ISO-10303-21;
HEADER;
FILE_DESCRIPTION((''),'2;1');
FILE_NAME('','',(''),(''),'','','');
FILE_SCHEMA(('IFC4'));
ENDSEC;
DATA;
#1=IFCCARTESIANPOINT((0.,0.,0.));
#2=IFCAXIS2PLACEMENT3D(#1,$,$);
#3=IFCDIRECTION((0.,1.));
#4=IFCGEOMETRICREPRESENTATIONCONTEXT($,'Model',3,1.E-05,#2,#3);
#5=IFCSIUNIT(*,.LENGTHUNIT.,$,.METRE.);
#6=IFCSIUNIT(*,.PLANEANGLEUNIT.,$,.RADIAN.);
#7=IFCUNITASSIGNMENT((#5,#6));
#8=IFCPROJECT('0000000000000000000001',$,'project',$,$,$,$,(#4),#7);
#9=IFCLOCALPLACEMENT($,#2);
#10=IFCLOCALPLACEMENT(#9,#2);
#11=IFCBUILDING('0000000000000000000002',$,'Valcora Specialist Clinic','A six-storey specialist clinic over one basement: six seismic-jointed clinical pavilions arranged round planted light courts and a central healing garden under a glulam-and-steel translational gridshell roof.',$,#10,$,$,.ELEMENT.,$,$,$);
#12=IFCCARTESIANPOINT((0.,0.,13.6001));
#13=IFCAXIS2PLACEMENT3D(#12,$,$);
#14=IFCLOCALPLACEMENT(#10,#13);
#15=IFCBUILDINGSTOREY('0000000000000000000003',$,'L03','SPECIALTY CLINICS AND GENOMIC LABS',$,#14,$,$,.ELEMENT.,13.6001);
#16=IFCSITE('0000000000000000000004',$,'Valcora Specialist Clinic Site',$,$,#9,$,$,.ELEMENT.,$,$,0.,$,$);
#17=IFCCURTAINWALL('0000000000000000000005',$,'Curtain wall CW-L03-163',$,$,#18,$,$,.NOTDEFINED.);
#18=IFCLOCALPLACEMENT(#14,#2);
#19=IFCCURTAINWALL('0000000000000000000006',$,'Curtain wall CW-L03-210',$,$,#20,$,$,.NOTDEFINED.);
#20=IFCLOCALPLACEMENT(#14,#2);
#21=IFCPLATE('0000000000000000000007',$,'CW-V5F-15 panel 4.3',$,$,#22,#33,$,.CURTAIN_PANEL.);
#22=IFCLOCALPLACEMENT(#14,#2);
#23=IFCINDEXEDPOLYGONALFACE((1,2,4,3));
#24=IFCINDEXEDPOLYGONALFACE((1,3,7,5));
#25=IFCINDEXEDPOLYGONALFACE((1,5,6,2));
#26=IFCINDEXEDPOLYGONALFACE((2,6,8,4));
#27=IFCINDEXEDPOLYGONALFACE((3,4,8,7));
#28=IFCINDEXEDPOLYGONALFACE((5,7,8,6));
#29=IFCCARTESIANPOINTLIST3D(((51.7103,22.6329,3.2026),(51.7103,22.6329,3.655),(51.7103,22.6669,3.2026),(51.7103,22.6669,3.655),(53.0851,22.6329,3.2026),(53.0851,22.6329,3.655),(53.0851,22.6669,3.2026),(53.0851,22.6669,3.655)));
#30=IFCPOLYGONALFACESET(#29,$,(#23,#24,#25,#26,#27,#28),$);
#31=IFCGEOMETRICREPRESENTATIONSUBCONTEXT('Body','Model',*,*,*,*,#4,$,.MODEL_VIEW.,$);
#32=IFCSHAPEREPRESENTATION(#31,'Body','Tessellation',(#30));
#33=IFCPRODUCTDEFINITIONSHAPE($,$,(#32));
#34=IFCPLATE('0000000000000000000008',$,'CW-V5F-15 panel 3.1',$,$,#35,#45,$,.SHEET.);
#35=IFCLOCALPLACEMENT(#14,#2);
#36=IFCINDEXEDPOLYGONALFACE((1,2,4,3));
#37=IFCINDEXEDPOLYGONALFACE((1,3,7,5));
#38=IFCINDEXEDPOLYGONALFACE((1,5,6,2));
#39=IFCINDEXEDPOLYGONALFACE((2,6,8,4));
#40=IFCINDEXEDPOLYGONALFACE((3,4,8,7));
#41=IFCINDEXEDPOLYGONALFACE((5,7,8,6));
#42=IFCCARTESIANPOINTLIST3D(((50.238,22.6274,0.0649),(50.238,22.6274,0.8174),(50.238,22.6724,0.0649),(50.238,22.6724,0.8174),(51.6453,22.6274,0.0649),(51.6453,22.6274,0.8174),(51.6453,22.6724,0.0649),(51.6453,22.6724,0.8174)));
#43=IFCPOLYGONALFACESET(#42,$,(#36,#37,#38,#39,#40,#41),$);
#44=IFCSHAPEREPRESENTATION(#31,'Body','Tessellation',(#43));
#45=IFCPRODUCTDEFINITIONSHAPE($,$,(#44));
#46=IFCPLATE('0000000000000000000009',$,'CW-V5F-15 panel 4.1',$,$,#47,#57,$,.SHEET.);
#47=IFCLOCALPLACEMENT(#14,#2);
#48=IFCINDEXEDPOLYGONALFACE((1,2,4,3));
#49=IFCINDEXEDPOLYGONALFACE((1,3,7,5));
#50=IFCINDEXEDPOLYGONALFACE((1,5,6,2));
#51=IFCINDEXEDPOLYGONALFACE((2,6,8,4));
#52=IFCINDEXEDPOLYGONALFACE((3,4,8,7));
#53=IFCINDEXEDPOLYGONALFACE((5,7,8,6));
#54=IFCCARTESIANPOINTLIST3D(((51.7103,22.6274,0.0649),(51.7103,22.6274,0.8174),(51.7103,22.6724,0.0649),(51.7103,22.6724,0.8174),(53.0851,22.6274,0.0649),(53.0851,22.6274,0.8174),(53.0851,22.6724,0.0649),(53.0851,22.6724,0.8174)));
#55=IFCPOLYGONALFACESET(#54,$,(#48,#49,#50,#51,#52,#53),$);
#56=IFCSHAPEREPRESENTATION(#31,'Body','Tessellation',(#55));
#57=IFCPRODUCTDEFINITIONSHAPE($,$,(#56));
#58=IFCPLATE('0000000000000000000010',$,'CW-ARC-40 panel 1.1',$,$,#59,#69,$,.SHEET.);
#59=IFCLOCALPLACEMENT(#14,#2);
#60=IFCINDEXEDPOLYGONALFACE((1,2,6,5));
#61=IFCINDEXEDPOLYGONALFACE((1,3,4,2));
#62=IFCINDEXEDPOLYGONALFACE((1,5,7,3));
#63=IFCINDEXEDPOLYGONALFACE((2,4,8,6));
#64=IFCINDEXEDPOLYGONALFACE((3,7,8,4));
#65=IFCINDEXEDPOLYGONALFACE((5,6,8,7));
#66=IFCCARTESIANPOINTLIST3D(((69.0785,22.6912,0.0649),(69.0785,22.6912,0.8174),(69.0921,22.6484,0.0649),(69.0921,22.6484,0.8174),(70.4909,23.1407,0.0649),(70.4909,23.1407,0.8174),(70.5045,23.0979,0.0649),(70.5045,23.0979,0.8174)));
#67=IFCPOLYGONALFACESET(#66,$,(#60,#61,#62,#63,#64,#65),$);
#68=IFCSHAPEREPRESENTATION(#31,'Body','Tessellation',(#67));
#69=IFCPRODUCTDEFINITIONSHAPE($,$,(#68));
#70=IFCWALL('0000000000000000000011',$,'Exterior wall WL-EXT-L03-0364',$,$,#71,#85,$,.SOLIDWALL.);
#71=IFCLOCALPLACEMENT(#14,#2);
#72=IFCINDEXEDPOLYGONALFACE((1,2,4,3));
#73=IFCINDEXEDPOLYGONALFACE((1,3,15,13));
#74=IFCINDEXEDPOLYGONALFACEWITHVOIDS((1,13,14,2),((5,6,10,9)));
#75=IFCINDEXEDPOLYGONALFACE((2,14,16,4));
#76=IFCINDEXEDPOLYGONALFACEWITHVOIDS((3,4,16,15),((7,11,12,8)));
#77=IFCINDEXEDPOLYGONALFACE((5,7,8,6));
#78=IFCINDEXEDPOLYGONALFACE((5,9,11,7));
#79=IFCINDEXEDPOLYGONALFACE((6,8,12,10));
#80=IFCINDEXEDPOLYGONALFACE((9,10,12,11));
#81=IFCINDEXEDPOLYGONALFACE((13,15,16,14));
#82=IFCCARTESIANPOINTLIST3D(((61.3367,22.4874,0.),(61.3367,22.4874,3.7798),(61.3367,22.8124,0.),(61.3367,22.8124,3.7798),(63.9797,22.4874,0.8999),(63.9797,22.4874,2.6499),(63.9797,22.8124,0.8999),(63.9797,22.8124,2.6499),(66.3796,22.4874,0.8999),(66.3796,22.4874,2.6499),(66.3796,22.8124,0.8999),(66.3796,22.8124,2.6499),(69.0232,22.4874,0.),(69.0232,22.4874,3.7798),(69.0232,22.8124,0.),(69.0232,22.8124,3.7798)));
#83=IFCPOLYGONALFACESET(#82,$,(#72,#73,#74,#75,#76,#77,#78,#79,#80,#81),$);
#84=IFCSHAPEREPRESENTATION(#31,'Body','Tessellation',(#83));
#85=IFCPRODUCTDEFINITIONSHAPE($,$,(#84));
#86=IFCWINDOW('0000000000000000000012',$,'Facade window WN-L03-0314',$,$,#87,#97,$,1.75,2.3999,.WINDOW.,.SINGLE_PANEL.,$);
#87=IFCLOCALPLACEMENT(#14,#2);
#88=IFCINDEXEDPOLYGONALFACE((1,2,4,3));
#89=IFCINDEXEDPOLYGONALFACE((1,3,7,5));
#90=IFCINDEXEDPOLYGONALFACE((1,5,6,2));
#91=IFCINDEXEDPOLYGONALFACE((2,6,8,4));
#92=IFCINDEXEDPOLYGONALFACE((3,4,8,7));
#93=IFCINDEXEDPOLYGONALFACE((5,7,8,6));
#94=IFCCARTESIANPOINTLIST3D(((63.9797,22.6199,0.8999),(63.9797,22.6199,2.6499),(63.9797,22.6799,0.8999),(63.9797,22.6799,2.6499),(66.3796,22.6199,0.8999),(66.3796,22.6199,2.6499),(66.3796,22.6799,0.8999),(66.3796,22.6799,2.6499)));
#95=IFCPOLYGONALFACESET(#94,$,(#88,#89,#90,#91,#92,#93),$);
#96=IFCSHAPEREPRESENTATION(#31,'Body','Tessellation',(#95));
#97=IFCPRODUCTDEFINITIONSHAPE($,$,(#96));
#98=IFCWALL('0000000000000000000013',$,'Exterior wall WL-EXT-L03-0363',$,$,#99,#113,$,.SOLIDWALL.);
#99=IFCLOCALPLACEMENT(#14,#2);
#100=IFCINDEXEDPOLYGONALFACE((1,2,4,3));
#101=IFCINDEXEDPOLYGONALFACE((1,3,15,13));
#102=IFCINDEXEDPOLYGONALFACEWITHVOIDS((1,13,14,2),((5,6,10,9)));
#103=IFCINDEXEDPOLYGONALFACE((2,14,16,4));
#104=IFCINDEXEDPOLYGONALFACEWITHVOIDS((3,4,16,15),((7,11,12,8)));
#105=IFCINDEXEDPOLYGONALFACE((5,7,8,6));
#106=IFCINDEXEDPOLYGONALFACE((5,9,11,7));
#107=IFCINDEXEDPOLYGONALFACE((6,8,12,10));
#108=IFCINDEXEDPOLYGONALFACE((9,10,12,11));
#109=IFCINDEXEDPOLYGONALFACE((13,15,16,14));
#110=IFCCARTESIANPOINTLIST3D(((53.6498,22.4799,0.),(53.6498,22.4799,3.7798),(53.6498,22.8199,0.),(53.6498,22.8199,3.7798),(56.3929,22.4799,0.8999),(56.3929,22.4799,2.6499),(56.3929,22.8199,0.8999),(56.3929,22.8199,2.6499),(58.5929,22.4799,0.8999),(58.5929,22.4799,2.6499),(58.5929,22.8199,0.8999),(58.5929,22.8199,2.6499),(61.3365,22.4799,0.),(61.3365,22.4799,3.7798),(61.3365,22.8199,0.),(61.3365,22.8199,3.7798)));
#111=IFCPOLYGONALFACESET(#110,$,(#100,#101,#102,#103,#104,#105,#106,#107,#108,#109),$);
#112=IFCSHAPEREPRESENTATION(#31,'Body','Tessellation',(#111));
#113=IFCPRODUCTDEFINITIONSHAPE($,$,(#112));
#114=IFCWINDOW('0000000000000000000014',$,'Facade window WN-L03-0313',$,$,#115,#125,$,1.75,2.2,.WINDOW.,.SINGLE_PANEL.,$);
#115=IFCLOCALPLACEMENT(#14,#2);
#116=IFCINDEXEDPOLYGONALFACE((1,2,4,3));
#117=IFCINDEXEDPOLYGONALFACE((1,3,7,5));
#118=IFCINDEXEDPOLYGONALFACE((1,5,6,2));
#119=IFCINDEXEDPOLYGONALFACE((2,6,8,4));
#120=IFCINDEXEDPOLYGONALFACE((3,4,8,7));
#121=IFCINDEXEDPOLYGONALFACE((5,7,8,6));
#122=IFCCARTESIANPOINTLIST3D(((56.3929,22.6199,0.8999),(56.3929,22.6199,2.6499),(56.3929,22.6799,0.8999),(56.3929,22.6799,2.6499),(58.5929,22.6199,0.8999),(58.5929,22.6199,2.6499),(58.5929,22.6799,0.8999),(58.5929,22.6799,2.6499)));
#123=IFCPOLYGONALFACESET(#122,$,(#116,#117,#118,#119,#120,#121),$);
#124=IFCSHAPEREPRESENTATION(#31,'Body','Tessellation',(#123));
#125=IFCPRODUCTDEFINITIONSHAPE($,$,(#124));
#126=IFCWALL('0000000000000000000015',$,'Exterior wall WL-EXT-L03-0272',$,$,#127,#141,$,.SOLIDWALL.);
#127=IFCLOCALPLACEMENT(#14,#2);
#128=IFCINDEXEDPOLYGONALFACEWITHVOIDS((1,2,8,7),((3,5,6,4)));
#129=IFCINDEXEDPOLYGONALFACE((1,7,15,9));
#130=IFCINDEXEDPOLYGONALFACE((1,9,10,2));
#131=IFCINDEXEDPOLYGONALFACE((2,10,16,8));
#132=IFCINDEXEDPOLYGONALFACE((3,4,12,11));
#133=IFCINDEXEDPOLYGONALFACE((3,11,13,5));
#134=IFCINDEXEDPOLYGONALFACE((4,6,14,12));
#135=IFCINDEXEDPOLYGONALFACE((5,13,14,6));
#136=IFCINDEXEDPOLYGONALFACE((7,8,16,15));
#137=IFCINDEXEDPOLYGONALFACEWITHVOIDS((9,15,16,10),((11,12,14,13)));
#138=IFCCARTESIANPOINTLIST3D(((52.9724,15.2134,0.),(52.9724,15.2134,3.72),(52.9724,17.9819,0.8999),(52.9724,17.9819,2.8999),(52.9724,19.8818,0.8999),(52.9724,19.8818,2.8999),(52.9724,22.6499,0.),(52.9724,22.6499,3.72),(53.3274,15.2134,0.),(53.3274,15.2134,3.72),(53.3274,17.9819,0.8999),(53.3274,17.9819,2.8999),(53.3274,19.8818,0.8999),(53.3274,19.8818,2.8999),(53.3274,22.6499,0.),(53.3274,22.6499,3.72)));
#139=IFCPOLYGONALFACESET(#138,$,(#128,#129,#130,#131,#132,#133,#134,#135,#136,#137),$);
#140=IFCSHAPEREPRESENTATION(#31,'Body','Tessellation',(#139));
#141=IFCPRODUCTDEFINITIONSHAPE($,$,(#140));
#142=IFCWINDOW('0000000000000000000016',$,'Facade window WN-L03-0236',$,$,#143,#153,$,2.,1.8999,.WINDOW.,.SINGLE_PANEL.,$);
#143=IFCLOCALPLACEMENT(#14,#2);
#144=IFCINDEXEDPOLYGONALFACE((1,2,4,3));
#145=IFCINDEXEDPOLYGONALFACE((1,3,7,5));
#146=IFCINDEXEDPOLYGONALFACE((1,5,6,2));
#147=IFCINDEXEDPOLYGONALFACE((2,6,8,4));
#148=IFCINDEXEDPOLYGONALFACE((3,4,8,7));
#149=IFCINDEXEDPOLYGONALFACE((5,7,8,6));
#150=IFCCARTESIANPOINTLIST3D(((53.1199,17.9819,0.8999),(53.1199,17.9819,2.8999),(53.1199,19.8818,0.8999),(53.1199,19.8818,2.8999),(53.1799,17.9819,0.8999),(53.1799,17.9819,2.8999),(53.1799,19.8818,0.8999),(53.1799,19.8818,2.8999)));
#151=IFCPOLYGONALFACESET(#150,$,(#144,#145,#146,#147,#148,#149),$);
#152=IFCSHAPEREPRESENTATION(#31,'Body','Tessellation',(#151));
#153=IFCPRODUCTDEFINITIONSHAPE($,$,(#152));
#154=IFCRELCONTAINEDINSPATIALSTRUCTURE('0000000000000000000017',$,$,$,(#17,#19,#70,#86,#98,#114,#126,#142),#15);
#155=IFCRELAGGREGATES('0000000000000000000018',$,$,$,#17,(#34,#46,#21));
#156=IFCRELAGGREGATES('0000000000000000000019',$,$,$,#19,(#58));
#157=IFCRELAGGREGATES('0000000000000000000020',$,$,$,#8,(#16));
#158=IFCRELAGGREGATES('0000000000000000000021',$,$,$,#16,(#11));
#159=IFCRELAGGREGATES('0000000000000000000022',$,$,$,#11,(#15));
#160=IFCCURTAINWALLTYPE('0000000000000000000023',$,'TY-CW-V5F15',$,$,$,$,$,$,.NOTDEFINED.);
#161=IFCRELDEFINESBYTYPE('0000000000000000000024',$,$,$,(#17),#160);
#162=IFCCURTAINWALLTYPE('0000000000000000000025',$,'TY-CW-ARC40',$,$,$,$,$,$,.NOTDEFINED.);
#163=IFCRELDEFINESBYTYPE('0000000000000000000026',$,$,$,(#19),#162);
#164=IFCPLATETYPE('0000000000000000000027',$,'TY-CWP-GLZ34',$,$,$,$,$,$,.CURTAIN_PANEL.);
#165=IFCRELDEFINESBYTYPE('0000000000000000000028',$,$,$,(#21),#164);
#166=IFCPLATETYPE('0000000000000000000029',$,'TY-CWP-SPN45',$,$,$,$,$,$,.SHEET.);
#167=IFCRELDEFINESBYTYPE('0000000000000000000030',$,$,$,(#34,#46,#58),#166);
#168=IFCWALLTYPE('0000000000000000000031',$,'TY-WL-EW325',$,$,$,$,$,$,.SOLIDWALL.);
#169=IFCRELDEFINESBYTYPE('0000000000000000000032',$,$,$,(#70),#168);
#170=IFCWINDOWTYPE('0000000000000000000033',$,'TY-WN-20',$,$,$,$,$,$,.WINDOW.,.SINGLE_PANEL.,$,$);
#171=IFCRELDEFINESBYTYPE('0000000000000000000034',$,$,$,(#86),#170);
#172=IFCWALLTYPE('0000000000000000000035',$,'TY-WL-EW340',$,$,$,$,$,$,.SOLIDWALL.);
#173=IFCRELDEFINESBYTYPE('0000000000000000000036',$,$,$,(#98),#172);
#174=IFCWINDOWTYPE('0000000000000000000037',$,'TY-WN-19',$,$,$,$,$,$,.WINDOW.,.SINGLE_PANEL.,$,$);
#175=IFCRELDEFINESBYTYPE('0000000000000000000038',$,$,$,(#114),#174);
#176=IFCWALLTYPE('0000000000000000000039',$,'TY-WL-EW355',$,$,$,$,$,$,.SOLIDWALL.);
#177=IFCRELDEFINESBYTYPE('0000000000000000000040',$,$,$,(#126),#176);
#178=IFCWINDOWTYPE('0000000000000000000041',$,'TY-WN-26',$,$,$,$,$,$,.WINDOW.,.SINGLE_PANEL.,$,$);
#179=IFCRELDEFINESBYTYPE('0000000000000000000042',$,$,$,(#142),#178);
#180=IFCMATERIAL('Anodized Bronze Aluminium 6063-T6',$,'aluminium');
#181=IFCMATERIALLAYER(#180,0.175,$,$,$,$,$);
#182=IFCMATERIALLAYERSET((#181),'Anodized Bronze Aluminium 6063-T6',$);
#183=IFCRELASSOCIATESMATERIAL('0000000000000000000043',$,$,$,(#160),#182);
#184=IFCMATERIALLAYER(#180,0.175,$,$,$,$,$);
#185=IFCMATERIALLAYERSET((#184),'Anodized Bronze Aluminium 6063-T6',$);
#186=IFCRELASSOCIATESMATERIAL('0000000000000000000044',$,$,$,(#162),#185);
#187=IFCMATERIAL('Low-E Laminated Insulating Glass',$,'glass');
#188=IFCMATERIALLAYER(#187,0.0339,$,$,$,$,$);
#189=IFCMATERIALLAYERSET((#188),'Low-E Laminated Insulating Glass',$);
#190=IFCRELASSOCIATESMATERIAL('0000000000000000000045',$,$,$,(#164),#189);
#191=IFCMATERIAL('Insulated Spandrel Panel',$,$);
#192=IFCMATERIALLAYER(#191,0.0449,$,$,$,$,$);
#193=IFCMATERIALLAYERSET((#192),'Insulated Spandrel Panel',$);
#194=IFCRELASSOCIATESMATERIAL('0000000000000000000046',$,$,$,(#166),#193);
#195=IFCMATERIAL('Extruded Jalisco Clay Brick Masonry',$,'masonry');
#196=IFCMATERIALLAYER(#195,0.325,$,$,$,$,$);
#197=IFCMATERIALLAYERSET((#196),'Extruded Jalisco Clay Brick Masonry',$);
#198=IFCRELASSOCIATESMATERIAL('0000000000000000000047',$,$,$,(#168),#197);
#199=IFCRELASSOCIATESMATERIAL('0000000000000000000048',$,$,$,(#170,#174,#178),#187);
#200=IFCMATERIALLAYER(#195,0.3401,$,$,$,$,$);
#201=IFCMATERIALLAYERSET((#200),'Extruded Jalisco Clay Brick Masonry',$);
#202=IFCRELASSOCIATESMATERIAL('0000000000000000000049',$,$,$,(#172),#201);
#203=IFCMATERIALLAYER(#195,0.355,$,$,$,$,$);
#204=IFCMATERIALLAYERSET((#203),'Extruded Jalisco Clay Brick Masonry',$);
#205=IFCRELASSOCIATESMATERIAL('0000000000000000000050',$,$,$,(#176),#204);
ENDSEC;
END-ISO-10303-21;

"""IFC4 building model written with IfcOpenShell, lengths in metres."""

from ifc_helpers import new_model, si_unit, direction, frame, frame_2d, origin, origin_2d, place, context, subcontext, project, spatial, rectangle, extrude, material, layer, layer_set, type_object, element, fill, aggregate, save


model = new_model("IFC4")

# Units and contexts
model_context = context("Model", 3, precision=1e-05, world=origin(), true_north=direction((0.0, 1.0)))
body_context = subcontext(model_context, "Body", "Model", "MODEL_VIEW")
ifc_project = project(units=[si_unit("LENGTHUNIT", "METRE"), si_unit("PLANEANGLEUNIT", "RADIAN")], contexts=[model_context])

# Site, building, storey
site_placement = place(None, origin())
site = spatial("IfcSite", under=ifc_project, at=site_placement, Name="Valcora Specialist Clinic Site", CompositionType="ELEMENT", RefElevation=0.0)
building_placement = place(site_placement, origin())
building = spatial("IfcBuilding", under=site, at=building_placement, Name="Valcora Specialist Clinic", Description="A six-storey specialist clinic over one basement: six seismic-jointed clinical pavilions arranged round planted light courts and a central healing garden under a glulam-and-steel translational gridshell roof.", CompositionType="ELEMENT")
storey_placement = place(building_placement, frame((0.0, 0.0, 13.6001)))
storey = spatial("IfcBuildingStorey", under=building, at=storey_placement, Name="L03", Description="SPECIALTY CLINICS AND GENOMIC LABS", CompositionType="ELEMENT", Elevation=13.6001)

# Curtain walls
ifc_material_1 = material(Name="Anodized Bronze Aluminium 6063-T6", Category="aluminium")
ifc_layer_1 = layer(ifc_material_1, 0.175)
ifc_layer_set_1 = layer_set([ifc_layer_1], Name="Anodized Bronze Aluminium 6063-T6")
curtain_wall_type_1 = type_object("IfcCurtainWallType", Name="TY-CW-V5F15", PredefinedType="NOTDEFINED", material=ifc_layer_set_1)
curtain_wall_1_placement = place(storey_placement, origin())
curtain_wall_1 = element("IfcCurtainWall", 1, at=curtain_wall_1_placement, inside=storey, type_object=curtain_wall_type_1, Name="Curtain wall CW-L03-163", PredefinedType="NOTDEFINED")
ifc_layer_2 = layer(ifc_material_1, 0.175)
ifc_layer_set_2 = layer_set([ifc_layer_2], Name="Anodized Bronze Aluminium 6063-T6")
curtain_wall_type_2 = type_object("IfcCurtainWallType", Name="TY-CW-ARC40", PredefinedType="NOTDEFINED", material=ifc_layer_set_2)
curtain_wall_2_placement = place(storey_placement, origin())
curtain_wall_2 = element("IfcCurtainWall", 2, at=curtain_wall_2_placement, inside=storey, type_object=curtain_wall_type_2, Name="Curtain wall CW-L03-210", PredefinedType="NOTDEFINED")

# Plates
ifc_material_2 = material(Name="Low-E Laminated Insulating Glass", Category="glass")
ifc_layer_3 = layer(ifc_material_2, 0.0339)
ifc_layer_set_3 = layer_set([ifc_layer_3], Name="Low-E Laminated Insulating Glass")
plate_type_1 = type_object("IfcPlateType", Name="TY-CWP-GLZ34", PredefinedType="CURTAIN_PANEL", material=ifc_layer_set_3)
plate_1_placement = place(storey_placement, frame((52.3977, 22.6499, 3.2026), z_axis=(0.0, 0.0, 1.0), x_axis=(1.0, 0.0, 0.0)))
plate_1 = element("IfcPlate", 3, at=plate_1_placement, type_object=plate_type_1, Name="CW-V5F-15 panel 4.3", PredefinedType="CURTAIN_PANEL", context=body_context, shape_type="SweptSolid", body=[
    extrude(rectangle(XDim=1.3748, YDim=0.0339, at=origin_2d()), origin(), (0.0, 0.0, 1.0), 0.4524),
])
ifc_material_3 = material(Name="Insulated Spandrel Panel")
ifc_layer_4 = layer(ifc_material_3, 0.0449)
ifc_layer_set_4 = layer_set([ifc_layer_4], Name="Insulated Spandrel Panel")
plate_type_2 = type_object("IfcPlateType", Name="TY-CWP-SPN45", PredefinedType="SHEET", material=ifc_layer_set_4)
plate_2_placement = place(storey_placement, frame((50.9417, 22.6499, 0.0649), z_axis=(0.0, 0.0, 1.0), x_axis=(1.0, 0.0, 0.0)))
plate_2 = element("IfcPlate", 4, at=plate_2_placement, type_object=plate_type_2, Name="CW-V5F-15 panel 3.1", PredefinedType="SHEET", context=body_context, shape_type="SweptSolid", body=[
    extrude(rectangle(XDim=1.4072, YDim=0.0449, at=origin_2d()), origin(), (0.0, 0.0, 1.0), 0.7524),
])
plate_3_placement = place(storey_placement, frame((52.3977, 22.6499, 0.0649), z_axis=(0.0, 0.0, 1.0), x_axis=(1.0, 0.0, 0.0)))
plate_3 = element("IfcPlate", 5, at=plate_3_placement, type_object=plate_type_2, Name="CW-V5F-15 panel 4.1", PredefinedType="SHEET", context=body_context, shape_type="SweptSolid", body=[
    extrude(rectangle(XDim=1.3748, YDim=0.0449, at=origin_2d()), origin(), (0.0, 0.0, 1.0), 0.7524),
])
aggregate(curtain_wall_1, [plate_2, plate_3, plate_1])
plate_4_placement = place(storey_placement, frame((69.7915, 22.8945, 0.0649), z_axis=(0.0, 0.0, 1.0), x_axis=(0.952916, 0.303233, 0.0)))
plate_4 = element("IfcPlate", 6, at=plate_4_placement, type_object=plate_type_2, Name="CW-ARC-40 panel 1.1", PredefinedType="SHEET", context=body_context, shape_type="SweptSolid", body=[
    extrude(rectangle(XDim=1.4822, YDim=0.0449, at=origin_2d()), origin(), (0.0, 0.0, 1.0), 0.7524),
])
aggregate(curtain_wall_2, [plate_4])

# Walls, openings, windows
ifc_material_4 = material(Name="Extruded Jalisco Clay Brick Masonry", Category="masonry")
ifc_layer_5 = layer(ifc_material_4, 0.325)
ifc_layer_set_5 = layer_set([ifc_layer_5], Name="Extruded Jalisco Clay Brick Masonry")
wall_type_1 = type_object("IfcWallType", Name="TY-WL-EW325", PredefinedType="SOLIDWALL", material=ifc_layer_set_5)
wall_1_placement = place(storey_placement, frame((61.3367, 22.6499, 0.0), z_axis=(0.0, 0.0, 1.0), x_axis=(1.0, 0.0, 0.0)))
wall_1 = element("IfcWall", 7, at=wall_1_placement, inside=storey, type_object=wall_type_1, Name="Exterior wall WL-EXT-L03-0364", PredefinedType="SOLIDWALL", context=body_context, shape_type="SweptSolid", body=[
    extrude(rectangle(XDim=7.6865, YDim=0.325, at=frame_2d((3.8433, 0.0))), origin(), (0.0, 0.0, 1.0), 3.7798),
])
opening_1_placement = place(wall_1_placement, frame((2.6431, 0.0, 0.8999)))
opening_1 = element("IfcOpeningElement", 8, at=opening_1_placement, cuts=wall_1, PredefinedType="OPENING", context=body_context, shape_type="SweptSolid", body=[
    extrude(rectangle(XDim=2.3999, YDim=1.75, at=frame_2d((1.2, 0.875))), frame((0.0, 0.1724, 0.0), z_axis=(0.0, -1.0, 0.0), x_axis=(1.0, 0.0, 0.0)), (0.0, 0.0, 1.0), 0.345),
])
window_type_1 = type_object("IfcWindowType", Name="TY-WN-20", PartitioningType="SINGLE_PANEL", PredefinedType="WINDOW", material=ifc_material_2)
window_1_placement = place(opening_1_placement, origin())
window_1 = element("IfcWindow", 9, at=window_1_placement, inside=storey, type_object=window_type_1, Name="Facade window WN-L03-0314", OverallHeight=1.75, OverallWidth=2.3999, PartitioningType="SINGLE_PANEL", PredefinedType="WINDOW", context=body_context, shape_type="SweptSolid", body=[
    extrude(rectangle(XDim=2.3999, YDim=1.75, at=frame_2d((1.2, 0.875))), frame((0.0, 0.03, 0.0), z_axis=(0.0, -1.0, 0.0), x_axis=(1.0, 0.0, 0.0)), (0.0, 0.0, 1.0), 0.0601),
])
fill(opening_1, window_1)
ifc_layer_6 = layer(ifc_material_4, 0.3401)
ifc_layer_set_6 = layer_set([ifc_layer_6], Name="Extruded Jalisco Clay Brick Masonry")
wall_type_2 = type_object("IfcWallType", Name="TY-WL-EW340", PredefinedType="SOLIDWALL", material=ifc_layer_set_6)
wall_2_placement = place(storey_placement, frame((53.6499, 22.6499, 0.0), z_axis=(0.0, 0.0, 1.0), x_axis=(1.0, 0.0, 0.0)))
wall_2 = element("IfcWall", 10, at=wall_2_placement, inside=storey, type_object=wall_type_2, Name="Exterior wall WL-EXT-L03-0363", PredefinedType="SOLIDWALL", context=body_context, shape_type="SweptSolid", body=[
    extrude(rectangle(XDim=7.6868, YDim=0.3401, at=frame_2d((3.8433, 0.0))), origin(), (0.0, 0.0, 1.0), 3.7798),
])
opening_2_placement = place(wall_2_placement, frame((2.7429, 0.0, 0.8999)))
opening_2 = element("IfcOpeningElement", 11, at=opening_2_placement, cuts=wall_2, PredefinedType="OPENING", context=body_context, shape_type="SweptSolid", body=[
    extrude(rectangle(XDim=2.2, YDim=1.75, at=frame_2d((1.1001, 0.875))), frame((0.0, 0.1799, 0.0), z_axis=(0.0, -1.0, 0.0), x_axis=(1.0, 0.0, 0.0)), (0.0, 0.0, 1.0), 0.3601),
])
window_type_2 = type_object("IfcWindowType", Name="TY-WN-19", PartitioningType="SINGLE_PANEL", PredefinedType="WINDOW", material=ifc_material_2)
window_2_placement = place(opening_2_placement, origin())
window_2 = element("IfcWindow", 12, at=window_2_placement, inside=storey, type_object=window_type_2, Name="Facade window WN-L03-0313", OverallHeight=1.75, OverallWidth=2.2, PartitioningType="SINGLE_PANEL", PredefinedType="WINDOW", context=body_context, shape_type="SweptSolid", body=[
    extrude(rectangle(XDim=2.2, YDim=1.75, at=frame_2d((1.1001, 0.875))), frame((0.0, 0.03, 0.0), z_axis=(0.0, -1.0, 0.0), x_axis=(1.0, 0.0, 0.0)), (0.0, 0.0, 1.0), 0.0601),
])
fill(opening_2, window_2)
ifc_layer_7 = layer(ifc_material_4, 0.355)
ifc_layer_set_7 = layer_set([ifc_layer_7], Name="Extruded Jalisco Clay Brick Masonry")
wall_type_3 = type_object("IfcWallType", Name="TY-WL-EW355", PredefinedType="SOLIDWALL", material=ifc_layer_set_7)
wall_3_placement = place(storey_placement, frame((53.1499, 22.6499, 0.0), z_axis=(0.0, 0.0, 1.0), x_axis=(0.0, -1.0, 0.0)))
wall_3 = element("IfcWall", 13, at=wall_3_placement, inside=storey, type_object=wall_type_3, Name="Exterior wall WL-EXT-L03-0272", PredefinedType="SOLIDWALL", context=body_context, shape_type="SweptSolid", body=[
    extrude(rectangle(XDim=7.4365, YDim=0.355, at=frame_2d((3.7183, 0.0))), origin(), (0.0, 0.0, 1.0), 3.72),
])
opening_3_placement = place(wall_3_placement, frame((2.7681, 0.0, 0.8999)))
opening_3 = element("IfcOpeningElement", 14, at=opening_3_placement, cuts=wall_3, PredefinedType="OPENING", context=body_context, shape_type="SweptSolid", body=[
    extrude(rectangle(XDim=1.8999, YDim=2.0, at=frame_2d((0.95, 1.0))), frame((0.0, 0.1875, 0.0), z_axis=(0.0, -1.0, 0.0), x_axis=(1.0, 0.0, 0.0)), (0.0, 0.0, 1.0), 0.375),
])
window_type_3 = type_object("IfcWindowType", Name="TY-WN-26", PartitioningType="SINGLE_PANEL", PredefinedType="WINDOW", material=ifc_material_2)
window_3_placement = place(opening_3_placement, origin())
window_3 = element("IfcWindow", 15, at=window_3_placement, inside=storey, type_object=window_type_3, Name="Facade window WN-L03-0236", OverallHeight=2.0, OverallWidth=1.8999, PartitioningType="SINGLE_PANEL", PredefinedType="WINDOW", context=body_context, shape_type="SweptSolid", body=[
    extrude(rectangle(XDim=1.8999, YDim=2.0, at=frame_2d((0.95, 1.0))), frame((0.0, 0.03, 0.0), z_axis=(0.0, -1.0, 0.0), x_axis=(1.0, 0.0, 0.0)), (0.0, 0.0, 1.0), 0.0601),
])
fill(opening_3, window_3)

save(model, "model.ifc")
